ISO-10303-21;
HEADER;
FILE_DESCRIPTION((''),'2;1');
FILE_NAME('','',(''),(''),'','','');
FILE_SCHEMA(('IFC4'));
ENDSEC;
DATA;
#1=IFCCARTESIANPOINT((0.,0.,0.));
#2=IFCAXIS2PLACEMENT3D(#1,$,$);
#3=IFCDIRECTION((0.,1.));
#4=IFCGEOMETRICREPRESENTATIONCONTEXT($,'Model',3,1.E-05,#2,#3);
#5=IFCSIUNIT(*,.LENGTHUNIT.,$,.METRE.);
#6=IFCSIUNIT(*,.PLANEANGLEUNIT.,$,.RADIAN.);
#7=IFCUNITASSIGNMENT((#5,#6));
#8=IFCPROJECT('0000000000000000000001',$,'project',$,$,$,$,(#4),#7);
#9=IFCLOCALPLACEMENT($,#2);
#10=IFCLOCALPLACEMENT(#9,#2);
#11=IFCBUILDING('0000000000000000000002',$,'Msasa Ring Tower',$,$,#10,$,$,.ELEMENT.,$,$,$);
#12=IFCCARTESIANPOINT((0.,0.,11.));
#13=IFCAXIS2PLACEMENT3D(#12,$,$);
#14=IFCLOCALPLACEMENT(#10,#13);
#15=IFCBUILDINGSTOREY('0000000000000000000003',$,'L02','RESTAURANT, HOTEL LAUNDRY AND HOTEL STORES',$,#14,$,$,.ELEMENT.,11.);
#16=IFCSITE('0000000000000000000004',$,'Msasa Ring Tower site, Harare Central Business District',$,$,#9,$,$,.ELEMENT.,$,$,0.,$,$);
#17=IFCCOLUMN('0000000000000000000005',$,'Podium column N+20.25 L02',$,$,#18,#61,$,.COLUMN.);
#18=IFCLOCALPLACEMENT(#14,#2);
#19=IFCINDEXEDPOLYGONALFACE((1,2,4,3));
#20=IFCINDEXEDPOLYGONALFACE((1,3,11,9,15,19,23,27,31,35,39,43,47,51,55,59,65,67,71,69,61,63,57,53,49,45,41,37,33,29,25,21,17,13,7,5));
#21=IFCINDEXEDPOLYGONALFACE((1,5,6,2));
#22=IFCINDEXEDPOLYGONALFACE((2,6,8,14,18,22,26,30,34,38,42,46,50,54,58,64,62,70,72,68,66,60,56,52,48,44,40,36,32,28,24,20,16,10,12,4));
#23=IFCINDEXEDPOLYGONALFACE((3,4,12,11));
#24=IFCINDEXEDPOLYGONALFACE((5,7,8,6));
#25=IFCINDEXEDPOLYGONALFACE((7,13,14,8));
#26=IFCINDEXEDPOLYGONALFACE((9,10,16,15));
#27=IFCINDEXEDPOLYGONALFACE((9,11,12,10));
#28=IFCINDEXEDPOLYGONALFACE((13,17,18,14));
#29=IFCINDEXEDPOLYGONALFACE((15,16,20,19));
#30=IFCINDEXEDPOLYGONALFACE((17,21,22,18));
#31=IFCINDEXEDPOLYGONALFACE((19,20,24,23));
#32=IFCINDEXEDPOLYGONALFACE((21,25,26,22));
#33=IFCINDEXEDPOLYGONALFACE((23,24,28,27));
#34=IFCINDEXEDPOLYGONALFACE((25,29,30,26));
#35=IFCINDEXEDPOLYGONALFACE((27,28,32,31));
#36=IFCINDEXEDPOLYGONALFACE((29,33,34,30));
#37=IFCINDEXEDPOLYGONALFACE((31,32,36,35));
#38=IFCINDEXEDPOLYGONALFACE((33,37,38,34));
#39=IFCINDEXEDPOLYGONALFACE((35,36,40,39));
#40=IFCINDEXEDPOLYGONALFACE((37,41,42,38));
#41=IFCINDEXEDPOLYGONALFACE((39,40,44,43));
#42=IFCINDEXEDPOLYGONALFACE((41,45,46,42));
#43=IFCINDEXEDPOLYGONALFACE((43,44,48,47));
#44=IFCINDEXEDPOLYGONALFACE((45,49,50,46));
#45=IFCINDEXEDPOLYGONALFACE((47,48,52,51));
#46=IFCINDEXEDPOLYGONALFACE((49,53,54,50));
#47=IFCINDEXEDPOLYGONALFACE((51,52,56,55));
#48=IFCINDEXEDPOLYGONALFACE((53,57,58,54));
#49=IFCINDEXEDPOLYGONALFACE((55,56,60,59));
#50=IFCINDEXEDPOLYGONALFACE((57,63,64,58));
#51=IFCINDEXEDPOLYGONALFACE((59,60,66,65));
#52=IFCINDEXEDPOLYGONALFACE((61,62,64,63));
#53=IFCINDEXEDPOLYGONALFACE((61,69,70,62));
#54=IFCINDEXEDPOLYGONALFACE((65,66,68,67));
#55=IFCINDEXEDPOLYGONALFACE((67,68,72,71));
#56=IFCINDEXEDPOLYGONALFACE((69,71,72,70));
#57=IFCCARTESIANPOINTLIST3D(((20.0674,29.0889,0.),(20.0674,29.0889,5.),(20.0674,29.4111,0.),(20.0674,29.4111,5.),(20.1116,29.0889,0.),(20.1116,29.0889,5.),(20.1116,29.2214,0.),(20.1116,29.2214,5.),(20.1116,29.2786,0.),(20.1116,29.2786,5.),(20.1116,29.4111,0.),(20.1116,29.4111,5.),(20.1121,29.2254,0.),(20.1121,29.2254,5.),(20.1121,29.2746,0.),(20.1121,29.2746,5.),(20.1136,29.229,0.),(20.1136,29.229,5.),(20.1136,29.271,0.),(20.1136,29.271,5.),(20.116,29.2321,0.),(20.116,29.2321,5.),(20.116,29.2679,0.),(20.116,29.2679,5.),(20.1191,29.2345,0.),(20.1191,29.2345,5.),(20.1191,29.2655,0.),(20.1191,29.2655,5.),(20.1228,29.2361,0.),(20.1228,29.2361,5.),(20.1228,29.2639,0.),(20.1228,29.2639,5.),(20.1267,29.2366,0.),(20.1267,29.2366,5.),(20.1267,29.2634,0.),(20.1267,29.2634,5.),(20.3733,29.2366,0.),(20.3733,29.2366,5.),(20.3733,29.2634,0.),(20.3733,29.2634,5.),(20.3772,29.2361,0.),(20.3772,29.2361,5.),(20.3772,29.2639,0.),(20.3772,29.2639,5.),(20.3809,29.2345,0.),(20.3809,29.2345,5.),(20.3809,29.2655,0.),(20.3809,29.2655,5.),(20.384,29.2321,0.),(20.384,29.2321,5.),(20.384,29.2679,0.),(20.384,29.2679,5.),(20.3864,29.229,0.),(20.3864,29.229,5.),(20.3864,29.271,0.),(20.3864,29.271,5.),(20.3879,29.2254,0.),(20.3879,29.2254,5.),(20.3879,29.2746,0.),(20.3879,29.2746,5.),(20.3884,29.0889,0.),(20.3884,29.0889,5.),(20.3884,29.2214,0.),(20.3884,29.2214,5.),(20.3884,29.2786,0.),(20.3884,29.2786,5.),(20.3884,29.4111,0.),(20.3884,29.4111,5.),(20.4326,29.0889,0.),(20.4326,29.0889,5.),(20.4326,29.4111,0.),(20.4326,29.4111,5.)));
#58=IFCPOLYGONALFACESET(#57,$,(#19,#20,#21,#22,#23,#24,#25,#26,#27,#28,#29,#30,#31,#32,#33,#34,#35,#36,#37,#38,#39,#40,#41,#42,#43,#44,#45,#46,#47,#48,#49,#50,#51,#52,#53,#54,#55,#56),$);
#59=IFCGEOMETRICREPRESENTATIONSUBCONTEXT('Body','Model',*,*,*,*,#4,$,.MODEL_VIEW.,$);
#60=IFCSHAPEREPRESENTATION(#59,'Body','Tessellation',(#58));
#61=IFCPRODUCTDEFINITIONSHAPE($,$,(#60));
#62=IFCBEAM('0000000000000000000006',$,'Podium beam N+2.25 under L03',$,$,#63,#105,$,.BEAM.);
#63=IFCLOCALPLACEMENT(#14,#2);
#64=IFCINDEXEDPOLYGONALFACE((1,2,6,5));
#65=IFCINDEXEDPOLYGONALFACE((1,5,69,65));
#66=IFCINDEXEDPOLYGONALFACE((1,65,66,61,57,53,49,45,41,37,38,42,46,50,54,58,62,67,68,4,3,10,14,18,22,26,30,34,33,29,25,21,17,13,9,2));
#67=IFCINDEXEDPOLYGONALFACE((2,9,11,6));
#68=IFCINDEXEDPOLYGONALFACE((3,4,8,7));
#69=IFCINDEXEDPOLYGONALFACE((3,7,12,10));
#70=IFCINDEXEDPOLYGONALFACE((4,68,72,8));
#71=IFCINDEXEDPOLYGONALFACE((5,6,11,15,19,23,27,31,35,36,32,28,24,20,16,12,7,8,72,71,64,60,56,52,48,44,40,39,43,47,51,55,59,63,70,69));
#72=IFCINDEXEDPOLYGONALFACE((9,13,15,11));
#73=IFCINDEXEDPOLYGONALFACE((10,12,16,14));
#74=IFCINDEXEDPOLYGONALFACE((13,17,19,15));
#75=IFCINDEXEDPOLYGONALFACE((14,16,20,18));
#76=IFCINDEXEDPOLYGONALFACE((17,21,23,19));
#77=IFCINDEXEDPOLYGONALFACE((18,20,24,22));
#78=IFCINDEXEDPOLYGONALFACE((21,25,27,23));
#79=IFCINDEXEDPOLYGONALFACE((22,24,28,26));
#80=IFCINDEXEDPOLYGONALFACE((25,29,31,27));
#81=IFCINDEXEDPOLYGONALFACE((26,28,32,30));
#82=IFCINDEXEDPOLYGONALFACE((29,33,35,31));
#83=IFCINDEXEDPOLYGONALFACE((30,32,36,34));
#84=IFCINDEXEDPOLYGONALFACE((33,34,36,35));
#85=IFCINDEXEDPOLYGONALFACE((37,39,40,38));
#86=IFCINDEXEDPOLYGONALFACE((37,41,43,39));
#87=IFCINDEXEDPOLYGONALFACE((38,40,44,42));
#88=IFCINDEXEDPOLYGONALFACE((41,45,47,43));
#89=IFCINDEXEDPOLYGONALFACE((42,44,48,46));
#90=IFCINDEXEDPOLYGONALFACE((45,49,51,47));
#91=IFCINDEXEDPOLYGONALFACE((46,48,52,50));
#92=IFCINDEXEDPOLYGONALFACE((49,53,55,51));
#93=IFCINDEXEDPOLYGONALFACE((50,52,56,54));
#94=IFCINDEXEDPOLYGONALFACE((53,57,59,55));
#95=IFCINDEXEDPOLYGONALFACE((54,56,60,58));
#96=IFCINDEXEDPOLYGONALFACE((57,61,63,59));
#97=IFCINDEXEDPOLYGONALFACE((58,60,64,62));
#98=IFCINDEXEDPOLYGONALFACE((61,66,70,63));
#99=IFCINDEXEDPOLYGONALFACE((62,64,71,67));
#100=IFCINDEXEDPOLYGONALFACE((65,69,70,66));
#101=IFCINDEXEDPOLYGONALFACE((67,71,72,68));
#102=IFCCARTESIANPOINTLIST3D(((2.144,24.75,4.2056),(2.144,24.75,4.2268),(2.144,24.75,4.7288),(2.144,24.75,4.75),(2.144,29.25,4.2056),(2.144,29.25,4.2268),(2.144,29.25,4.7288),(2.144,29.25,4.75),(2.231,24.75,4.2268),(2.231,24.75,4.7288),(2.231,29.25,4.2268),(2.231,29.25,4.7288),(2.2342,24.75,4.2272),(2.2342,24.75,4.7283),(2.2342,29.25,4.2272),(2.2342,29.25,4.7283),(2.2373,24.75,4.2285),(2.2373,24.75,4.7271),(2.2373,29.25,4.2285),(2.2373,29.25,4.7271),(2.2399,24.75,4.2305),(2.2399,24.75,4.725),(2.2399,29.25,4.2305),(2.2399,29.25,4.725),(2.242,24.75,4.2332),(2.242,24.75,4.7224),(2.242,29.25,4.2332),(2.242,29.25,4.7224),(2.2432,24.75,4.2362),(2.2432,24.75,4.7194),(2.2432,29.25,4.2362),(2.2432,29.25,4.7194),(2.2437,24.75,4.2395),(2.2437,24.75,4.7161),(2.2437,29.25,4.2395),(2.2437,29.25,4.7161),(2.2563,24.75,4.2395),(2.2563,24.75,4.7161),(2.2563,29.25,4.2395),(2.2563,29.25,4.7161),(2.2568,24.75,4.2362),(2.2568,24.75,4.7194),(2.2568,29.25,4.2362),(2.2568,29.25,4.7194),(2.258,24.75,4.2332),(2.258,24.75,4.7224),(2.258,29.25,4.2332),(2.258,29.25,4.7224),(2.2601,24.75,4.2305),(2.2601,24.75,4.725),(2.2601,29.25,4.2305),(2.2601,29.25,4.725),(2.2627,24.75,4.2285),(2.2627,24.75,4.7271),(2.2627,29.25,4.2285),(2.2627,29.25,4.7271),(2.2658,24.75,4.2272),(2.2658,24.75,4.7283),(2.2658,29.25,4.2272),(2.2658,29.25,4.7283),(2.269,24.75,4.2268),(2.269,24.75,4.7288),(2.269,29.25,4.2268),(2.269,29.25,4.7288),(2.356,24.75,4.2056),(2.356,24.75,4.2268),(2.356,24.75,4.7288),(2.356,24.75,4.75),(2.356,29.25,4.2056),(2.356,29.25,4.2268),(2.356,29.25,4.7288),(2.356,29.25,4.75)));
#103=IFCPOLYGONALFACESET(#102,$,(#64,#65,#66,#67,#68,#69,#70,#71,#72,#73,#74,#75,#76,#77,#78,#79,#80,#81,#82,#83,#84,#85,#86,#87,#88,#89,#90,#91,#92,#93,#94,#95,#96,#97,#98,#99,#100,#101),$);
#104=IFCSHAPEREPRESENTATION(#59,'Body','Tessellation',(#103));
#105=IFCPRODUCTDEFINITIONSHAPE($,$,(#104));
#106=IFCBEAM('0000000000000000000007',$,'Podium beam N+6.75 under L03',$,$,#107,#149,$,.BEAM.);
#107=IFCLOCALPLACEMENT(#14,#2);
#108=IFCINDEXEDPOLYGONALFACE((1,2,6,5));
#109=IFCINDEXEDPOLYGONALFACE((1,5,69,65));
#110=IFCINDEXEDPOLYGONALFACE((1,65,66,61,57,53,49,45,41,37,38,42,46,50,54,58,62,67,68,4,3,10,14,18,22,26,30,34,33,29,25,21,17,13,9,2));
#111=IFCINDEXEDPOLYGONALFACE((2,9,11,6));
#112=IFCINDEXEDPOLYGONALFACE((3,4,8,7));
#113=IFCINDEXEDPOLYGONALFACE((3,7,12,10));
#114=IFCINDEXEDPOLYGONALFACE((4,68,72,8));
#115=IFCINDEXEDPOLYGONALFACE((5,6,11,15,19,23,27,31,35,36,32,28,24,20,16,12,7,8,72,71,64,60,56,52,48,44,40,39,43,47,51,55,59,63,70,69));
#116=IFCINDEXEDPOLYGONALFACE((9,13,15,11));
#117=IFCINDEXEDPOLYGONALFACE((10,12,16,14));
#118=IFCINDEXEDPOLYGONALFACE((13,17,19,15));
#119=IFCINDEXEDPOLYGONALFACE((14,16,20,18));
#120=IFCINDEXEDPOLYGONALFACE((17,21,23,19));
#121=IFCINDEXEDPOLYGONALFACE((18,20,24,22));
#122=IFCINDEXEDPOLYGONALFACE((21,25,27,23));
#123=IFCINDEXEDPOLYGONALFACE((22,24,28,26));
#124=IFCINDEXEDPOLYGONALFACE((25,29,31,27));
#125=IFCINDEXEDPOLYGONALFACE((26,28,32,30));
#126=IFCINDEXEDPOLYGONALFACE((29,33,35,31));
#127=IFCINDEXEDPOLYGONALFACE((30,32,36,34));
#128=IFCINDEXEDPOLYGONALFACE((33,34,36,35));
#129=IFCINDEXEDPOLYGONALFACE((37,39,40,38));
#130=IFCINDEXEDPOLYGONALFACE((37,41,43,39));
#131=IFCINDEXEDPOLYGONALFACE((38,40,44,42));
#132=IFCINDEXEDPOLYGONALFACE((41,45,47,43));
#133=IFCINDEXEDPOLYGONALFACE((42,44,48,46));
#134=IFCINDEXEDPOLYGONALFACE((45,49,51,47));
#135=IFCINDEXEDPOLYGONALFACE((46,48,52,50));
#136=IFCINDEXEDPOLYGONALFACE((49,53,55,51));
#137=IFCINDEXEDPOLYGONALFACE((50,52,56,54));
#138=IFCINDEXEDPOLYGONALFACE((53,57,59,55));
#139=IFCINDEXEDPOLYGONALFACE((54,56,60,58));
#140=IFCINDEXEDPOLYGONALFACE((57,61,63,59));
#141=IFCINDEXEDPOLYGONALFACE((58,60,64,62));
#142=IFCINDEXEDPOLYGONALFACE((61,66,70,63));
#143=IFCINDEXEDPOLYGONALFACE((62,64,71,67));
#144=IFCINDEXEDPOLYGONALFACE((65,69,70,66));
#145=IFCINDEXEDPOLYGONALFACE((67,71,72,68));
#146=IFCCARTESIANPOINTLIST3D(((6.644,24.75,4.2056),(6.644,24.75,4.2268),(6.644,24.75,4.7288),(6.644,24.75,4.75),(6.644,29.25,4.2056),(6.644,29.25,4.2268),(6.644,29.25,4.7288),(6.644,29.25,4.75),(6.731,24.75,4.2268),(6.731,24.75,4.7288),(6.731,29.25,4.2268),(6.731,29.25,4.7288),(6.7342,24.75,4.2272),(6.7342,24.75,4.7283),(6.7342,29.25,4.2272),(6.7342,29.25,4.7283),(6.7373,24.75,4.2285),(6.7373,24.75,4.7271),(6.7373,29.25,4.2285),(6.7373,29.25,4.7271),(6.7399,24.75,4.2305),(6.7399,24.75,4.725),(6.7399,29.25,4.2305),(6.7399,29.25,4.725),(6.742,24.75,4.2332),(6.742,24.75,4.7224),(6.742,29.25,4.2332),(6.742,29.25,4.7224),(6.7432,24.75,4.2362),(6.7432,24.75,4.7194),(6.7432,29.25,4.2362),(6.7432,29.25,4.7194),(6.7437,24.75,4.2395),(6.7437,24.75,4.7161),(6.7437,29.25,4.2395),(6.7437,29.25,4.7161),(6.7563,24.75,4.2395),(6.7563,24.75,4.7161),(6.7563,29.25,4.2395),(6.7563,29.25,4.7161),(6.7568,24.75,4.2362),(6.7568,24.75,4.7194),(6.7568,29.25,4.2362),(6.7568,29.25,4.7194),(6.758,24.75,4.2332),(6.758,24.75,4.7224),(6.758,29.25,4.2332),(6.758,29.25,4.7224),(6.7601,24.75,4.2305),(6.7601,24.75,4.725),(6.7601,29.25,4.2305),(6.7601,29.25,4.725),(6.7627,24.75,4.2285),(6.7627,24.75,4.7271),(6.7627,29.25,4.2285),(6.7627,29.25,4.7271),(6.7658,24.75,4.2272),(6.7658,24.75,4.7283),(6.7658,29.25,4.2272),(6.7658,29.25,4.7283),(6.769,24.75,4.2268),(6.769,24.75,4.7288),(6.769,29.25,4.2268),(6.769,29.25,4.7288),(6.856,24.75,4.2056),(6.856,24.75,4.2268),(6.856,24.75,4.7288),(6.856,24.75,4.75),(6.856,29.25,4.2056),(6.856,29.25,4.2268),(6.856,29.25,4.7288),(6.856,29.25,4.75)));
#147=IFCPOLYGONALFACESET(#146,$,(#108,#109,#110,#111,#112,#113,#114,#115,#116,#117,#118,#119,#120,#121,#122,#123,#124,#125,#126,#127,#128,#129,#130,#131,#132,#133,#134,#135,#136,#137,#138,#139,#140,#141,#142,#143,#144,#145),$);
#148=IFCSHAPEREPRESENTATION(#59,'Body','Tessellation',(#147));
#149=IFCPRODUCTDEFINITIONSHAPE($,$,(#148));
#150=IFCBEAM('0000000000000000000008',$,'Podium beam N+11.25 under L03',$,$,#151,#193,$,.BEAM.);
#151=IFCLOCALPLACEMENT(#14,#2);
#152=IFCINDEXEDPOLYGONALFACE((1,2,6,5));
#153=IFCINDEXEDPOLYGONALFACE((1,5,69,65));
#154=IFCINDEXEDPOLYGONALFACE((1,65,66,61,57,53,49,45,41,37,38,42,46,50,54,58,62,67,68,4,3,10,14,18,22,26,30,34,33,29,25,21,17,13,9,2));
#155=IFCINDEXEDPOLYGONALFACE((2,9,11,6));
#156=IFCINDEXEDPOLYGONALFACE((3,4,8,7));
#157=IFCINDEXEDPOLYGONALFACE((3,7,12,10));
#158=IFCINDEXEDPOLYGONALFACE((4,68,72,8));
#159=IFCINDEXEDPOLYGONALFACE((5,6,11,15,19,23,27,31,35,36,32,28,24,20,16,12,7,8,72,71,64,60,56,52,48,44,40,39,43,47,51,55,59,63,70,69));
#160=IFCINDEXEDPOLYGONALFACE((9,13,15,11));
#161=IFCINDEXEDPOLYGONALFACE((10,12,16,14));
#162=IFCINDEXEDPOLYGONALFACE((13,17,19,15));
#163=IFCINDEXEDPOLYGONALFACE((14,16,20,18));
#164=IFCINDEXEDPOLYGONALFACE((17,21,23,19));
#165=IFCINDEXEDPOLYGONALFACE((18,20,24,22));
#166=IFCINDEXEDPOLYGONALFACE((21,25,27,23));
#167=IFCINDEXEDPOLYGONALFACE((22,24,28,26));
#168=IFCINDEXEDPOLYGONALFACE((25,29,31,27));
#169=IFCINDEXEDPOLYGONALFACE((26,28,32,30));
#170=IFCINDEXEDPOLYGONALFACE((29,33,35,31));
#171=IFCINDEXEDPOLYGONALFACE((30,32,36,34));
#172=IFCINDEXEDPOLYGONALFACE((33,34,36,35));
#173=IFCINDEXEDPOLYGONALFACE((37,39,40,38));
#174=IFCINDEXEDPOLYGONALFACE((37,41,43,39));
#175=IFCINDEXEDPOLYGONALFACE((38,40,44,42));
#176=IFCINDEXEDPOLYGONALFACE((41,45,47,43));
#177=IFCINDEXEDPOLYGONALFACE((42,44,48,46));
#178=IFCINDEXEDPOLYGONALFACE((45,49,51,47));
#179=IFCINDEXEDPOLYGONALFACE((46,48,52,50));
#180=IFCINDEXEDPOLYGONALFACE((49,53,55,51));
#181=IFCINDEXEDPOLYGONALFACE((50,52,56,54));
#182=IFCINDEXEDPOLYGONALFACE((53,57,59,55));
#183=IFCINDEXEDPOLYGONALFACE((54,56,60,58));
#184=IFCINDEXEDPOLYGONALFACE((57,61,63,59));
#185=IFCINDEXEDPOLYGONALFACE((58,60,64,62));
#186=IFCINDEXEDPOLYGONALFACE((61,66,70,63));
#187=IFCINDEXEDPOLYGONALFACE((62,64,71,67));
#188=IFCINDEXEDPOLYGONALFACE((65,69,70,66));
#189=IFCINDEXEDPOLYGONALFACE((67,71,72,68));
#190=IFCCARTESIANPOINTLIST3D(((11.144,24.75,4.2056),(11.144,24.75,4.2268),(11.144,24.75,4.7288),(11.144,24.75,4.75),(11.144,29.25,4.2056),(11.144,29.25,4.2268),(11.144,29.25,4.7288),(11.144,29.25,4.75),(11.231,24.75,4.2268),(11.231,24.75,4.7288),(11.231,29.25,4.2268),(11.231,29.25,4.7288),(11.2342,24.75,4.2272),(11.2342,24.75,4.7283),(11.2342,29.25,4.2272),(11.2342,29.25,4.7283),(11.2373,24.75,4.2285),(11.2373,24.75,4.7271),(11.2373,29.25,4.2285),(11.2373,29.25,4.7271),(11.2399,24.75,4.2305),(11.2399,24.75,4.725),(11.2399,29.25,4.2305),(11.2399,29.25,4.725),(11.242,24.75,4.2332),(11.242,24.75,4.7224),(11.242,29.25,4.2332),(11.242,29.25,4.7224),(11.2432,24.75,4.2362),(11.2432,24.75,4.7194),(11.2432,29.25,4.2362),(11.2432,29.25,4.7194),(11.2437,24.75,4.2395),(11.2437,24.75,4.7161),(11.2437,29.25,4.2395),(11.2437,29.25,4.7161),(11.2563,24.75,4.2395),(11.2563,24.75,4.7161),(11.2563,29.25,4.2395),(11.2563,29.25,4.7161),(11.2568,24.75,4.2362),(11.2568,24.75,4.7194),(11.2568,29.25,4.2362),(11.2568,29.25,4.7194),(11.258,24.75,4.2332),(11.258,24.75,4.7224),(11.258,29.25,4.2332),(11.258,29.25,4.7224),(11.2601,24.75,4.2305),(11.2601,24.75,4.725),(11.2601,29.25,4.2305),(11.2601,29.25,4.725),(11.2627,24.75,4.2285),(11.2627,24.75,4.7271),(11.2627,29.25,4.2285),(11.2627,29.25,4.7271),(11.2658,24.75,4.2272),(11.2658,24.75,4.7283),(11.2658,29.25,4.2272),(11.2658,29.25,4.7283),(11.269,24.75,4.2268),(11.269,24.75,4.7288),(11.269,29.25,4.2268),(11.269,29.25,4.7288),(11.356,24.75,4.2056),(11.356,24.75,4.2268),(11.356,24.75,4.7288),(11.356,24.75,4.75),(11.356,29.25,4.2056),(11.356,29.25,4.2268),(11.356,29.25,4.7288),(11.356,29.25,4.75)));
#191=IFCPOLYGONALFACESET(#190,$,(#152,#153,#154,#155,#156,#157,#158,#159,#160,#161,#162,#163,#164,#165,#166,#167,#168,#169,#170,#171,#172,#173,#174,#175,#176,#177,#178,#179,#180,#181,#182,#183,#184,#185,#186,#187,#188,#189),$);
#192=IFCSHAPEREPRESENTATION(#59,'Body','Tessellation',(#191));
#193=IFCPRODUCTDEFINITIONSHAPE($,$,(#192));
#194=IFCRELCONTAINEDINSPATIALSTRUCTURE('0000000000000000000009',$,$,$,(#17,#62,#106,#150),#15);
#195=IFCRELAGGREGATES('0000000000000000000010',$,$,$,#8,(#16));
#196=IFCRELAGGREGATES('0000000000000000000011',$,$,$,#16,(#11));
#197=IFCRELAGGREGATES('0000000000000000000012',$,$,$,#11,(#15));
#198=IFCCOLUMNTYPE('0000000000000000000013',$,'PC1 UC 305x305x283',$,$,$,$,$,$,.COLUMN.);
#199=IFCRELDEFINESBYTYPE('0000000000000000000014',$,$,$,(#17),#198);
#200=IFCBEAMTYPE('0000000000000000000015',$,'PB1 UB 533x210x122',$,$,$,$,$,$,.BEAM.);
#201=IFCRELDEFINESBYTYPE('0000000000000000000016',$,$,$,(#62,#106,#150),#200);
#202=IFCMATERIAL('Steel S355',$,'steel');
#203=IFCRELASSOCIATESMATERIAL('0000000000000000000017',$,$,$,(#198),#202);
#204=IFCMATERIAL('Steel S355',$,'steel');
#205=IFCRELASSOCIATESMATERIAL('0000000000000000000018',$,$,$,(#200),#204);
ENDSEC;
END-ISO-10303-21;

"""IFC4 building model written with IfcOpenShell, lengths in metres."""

from ifc_helpers import new_model, si_unit, direction, frame, origin, origin_2d, place, context, subcontext, project, spatial, i_section, extrude, material, material_profile, profile_set, type_object, element, save


model = new_model("IFC4")

# Units and contexts
model_context = context("Model", 3, precision=1e-05, world=origin(), true_north=direction((0.0, 1.0)))
body_context = subcontext(model_context, "Body", "Model", "MODEL_VIEW")
ifc_project = project(units=[si_unit("LENGTHUNIT", "METRE"), si_unit("PLANEANGLEUNIT", "RADIAN")], contexts=[model_context])

# Site, building, storey
site_placement = place(None, origin())
site = spatial("IfcSite", under=ifc_project, at=site_placement, Name="Msasa Ring Tower site, Harare Central Business District", CompositionType="ELEMENT", RefElevation=0.0)
building_placement = place(site_placement, origin())
building = spatial("IfcBuilding", under=site, at=building_placement, Name="Msasa Ring Tower", CompositionType="ELEMENT")
storey_placement = place(building_placement, frame((0.0, 0.0, 11.0)))
storey = spatial("IfcBuildingStorey", under=building, at=storey_placement, Name="L02", Description="RESTAURANT, HOTEL LAUNDRY AND HOTEL STORES", CompositionType="ELEMENT", Elevation=11.0)

# Column
ifc_material_1 = material(Name="Steel S355", Category="steel")
ifc_material_profile_1 = material_profile(ifc_material_1, i_section(OverallWidth=0.3223, OverallDepth=0.3652, WebThickness=0.0269, FlangeThickness=0.0442, FilletRadius=0.0151, at=origin_2d()), Name="UC 305x305x283")
ifc_profile_set_1 = profile_set([ifc_material_profile_1], Name="Steel S355")
column_type = type_object("IfcColumnType", Name="PC1 UC 305x305x283", PredefinedType="COLUMN", material=ifc_profile_set_1)
for number, where, z_axis, x_axis, name in (
    (1, (20.25, 29.25, 0.0), (0.0, 0.0, 1.0), (0.0, 1.0, 0.0), "Podium column N+20.25 L02"),
):
    element("IfcColumn", number, at=place(storey_placement, frame(where, z_axis=z_axis, x_axis=x_axis)), inside=storey, type_object=column_type, Name=name, PredefinedType="COLUMN", context=body_context, shape_type="SweptSolid", body=[
        extrude(i_section(OverallWidth=0.3223, OverallDepth=0.3652, WebThickness=0.0269, FlangeThickness=0.0442, FilletRadius=0.0151, at=origin_2d()), origin(), (0.0, 0.0, 1.0), 5.0),
    ])

# Beams
ifc_material_2 = material(Name="Steel S355", Category="steel")
ifc_material_profile_2 = material_profile(ifc_material_2, i_section(OverallWidth=0.2119, OverallDepth=0.5444, WebThickness=0.0127, FlangeThickness=0.0212, FilletRadius=0.0127, at=origin_2d()), Name="UB 533x210x122")
ifc_profile_set_2 = profile_set([ifc_material_profile_2], Name="Steel S355")
beam_type_1 = type_object("IfcBeamType", Name="PB1 UB 533x210x122", PredefinedType="BEAM", material=ifc_profile_set_2)
for number, where, z_axis, x_axis, name in (
    (2, (2.25, 29.25, 4.4778), (0.0, -1.0, 0.0), (1.0, 0.0, 0.0), "Podium beam N+2.25 under L03"),
    (3, (6.75, 29.25, 4.4778), (0.0, -1.0, 0.0), (1.0, 0.0, 0.0), "Podium beam N+6.75 under L03"),
    (4, (11.25, 29.25, 4.4778), (0.0, -1.0, 0.0), (1.0, 0.0, 0.0), "Podium beam N+11.25 under L03"),
):
    element("IfcBeam", number, at=place(storey_placement, frame(where, z_axis=z_axis, x_axis=x_axis)), inside=storey, type_object=beam_type_1, Name=name, PredefinedType="BEAM", context=body_context, shape_type="SweptSolid", body=[
        extrude(i_section(OverallWidth=0.2119, OverallDepth=0.5444, WebThickness=0.0127, FlangeThickness=0.0212, FilletRadius=0.0127, at=origin_2d()), origin(), (0.0, 0.0, 1.0), 4.5),
    ])

save(model, "model.ifc")
